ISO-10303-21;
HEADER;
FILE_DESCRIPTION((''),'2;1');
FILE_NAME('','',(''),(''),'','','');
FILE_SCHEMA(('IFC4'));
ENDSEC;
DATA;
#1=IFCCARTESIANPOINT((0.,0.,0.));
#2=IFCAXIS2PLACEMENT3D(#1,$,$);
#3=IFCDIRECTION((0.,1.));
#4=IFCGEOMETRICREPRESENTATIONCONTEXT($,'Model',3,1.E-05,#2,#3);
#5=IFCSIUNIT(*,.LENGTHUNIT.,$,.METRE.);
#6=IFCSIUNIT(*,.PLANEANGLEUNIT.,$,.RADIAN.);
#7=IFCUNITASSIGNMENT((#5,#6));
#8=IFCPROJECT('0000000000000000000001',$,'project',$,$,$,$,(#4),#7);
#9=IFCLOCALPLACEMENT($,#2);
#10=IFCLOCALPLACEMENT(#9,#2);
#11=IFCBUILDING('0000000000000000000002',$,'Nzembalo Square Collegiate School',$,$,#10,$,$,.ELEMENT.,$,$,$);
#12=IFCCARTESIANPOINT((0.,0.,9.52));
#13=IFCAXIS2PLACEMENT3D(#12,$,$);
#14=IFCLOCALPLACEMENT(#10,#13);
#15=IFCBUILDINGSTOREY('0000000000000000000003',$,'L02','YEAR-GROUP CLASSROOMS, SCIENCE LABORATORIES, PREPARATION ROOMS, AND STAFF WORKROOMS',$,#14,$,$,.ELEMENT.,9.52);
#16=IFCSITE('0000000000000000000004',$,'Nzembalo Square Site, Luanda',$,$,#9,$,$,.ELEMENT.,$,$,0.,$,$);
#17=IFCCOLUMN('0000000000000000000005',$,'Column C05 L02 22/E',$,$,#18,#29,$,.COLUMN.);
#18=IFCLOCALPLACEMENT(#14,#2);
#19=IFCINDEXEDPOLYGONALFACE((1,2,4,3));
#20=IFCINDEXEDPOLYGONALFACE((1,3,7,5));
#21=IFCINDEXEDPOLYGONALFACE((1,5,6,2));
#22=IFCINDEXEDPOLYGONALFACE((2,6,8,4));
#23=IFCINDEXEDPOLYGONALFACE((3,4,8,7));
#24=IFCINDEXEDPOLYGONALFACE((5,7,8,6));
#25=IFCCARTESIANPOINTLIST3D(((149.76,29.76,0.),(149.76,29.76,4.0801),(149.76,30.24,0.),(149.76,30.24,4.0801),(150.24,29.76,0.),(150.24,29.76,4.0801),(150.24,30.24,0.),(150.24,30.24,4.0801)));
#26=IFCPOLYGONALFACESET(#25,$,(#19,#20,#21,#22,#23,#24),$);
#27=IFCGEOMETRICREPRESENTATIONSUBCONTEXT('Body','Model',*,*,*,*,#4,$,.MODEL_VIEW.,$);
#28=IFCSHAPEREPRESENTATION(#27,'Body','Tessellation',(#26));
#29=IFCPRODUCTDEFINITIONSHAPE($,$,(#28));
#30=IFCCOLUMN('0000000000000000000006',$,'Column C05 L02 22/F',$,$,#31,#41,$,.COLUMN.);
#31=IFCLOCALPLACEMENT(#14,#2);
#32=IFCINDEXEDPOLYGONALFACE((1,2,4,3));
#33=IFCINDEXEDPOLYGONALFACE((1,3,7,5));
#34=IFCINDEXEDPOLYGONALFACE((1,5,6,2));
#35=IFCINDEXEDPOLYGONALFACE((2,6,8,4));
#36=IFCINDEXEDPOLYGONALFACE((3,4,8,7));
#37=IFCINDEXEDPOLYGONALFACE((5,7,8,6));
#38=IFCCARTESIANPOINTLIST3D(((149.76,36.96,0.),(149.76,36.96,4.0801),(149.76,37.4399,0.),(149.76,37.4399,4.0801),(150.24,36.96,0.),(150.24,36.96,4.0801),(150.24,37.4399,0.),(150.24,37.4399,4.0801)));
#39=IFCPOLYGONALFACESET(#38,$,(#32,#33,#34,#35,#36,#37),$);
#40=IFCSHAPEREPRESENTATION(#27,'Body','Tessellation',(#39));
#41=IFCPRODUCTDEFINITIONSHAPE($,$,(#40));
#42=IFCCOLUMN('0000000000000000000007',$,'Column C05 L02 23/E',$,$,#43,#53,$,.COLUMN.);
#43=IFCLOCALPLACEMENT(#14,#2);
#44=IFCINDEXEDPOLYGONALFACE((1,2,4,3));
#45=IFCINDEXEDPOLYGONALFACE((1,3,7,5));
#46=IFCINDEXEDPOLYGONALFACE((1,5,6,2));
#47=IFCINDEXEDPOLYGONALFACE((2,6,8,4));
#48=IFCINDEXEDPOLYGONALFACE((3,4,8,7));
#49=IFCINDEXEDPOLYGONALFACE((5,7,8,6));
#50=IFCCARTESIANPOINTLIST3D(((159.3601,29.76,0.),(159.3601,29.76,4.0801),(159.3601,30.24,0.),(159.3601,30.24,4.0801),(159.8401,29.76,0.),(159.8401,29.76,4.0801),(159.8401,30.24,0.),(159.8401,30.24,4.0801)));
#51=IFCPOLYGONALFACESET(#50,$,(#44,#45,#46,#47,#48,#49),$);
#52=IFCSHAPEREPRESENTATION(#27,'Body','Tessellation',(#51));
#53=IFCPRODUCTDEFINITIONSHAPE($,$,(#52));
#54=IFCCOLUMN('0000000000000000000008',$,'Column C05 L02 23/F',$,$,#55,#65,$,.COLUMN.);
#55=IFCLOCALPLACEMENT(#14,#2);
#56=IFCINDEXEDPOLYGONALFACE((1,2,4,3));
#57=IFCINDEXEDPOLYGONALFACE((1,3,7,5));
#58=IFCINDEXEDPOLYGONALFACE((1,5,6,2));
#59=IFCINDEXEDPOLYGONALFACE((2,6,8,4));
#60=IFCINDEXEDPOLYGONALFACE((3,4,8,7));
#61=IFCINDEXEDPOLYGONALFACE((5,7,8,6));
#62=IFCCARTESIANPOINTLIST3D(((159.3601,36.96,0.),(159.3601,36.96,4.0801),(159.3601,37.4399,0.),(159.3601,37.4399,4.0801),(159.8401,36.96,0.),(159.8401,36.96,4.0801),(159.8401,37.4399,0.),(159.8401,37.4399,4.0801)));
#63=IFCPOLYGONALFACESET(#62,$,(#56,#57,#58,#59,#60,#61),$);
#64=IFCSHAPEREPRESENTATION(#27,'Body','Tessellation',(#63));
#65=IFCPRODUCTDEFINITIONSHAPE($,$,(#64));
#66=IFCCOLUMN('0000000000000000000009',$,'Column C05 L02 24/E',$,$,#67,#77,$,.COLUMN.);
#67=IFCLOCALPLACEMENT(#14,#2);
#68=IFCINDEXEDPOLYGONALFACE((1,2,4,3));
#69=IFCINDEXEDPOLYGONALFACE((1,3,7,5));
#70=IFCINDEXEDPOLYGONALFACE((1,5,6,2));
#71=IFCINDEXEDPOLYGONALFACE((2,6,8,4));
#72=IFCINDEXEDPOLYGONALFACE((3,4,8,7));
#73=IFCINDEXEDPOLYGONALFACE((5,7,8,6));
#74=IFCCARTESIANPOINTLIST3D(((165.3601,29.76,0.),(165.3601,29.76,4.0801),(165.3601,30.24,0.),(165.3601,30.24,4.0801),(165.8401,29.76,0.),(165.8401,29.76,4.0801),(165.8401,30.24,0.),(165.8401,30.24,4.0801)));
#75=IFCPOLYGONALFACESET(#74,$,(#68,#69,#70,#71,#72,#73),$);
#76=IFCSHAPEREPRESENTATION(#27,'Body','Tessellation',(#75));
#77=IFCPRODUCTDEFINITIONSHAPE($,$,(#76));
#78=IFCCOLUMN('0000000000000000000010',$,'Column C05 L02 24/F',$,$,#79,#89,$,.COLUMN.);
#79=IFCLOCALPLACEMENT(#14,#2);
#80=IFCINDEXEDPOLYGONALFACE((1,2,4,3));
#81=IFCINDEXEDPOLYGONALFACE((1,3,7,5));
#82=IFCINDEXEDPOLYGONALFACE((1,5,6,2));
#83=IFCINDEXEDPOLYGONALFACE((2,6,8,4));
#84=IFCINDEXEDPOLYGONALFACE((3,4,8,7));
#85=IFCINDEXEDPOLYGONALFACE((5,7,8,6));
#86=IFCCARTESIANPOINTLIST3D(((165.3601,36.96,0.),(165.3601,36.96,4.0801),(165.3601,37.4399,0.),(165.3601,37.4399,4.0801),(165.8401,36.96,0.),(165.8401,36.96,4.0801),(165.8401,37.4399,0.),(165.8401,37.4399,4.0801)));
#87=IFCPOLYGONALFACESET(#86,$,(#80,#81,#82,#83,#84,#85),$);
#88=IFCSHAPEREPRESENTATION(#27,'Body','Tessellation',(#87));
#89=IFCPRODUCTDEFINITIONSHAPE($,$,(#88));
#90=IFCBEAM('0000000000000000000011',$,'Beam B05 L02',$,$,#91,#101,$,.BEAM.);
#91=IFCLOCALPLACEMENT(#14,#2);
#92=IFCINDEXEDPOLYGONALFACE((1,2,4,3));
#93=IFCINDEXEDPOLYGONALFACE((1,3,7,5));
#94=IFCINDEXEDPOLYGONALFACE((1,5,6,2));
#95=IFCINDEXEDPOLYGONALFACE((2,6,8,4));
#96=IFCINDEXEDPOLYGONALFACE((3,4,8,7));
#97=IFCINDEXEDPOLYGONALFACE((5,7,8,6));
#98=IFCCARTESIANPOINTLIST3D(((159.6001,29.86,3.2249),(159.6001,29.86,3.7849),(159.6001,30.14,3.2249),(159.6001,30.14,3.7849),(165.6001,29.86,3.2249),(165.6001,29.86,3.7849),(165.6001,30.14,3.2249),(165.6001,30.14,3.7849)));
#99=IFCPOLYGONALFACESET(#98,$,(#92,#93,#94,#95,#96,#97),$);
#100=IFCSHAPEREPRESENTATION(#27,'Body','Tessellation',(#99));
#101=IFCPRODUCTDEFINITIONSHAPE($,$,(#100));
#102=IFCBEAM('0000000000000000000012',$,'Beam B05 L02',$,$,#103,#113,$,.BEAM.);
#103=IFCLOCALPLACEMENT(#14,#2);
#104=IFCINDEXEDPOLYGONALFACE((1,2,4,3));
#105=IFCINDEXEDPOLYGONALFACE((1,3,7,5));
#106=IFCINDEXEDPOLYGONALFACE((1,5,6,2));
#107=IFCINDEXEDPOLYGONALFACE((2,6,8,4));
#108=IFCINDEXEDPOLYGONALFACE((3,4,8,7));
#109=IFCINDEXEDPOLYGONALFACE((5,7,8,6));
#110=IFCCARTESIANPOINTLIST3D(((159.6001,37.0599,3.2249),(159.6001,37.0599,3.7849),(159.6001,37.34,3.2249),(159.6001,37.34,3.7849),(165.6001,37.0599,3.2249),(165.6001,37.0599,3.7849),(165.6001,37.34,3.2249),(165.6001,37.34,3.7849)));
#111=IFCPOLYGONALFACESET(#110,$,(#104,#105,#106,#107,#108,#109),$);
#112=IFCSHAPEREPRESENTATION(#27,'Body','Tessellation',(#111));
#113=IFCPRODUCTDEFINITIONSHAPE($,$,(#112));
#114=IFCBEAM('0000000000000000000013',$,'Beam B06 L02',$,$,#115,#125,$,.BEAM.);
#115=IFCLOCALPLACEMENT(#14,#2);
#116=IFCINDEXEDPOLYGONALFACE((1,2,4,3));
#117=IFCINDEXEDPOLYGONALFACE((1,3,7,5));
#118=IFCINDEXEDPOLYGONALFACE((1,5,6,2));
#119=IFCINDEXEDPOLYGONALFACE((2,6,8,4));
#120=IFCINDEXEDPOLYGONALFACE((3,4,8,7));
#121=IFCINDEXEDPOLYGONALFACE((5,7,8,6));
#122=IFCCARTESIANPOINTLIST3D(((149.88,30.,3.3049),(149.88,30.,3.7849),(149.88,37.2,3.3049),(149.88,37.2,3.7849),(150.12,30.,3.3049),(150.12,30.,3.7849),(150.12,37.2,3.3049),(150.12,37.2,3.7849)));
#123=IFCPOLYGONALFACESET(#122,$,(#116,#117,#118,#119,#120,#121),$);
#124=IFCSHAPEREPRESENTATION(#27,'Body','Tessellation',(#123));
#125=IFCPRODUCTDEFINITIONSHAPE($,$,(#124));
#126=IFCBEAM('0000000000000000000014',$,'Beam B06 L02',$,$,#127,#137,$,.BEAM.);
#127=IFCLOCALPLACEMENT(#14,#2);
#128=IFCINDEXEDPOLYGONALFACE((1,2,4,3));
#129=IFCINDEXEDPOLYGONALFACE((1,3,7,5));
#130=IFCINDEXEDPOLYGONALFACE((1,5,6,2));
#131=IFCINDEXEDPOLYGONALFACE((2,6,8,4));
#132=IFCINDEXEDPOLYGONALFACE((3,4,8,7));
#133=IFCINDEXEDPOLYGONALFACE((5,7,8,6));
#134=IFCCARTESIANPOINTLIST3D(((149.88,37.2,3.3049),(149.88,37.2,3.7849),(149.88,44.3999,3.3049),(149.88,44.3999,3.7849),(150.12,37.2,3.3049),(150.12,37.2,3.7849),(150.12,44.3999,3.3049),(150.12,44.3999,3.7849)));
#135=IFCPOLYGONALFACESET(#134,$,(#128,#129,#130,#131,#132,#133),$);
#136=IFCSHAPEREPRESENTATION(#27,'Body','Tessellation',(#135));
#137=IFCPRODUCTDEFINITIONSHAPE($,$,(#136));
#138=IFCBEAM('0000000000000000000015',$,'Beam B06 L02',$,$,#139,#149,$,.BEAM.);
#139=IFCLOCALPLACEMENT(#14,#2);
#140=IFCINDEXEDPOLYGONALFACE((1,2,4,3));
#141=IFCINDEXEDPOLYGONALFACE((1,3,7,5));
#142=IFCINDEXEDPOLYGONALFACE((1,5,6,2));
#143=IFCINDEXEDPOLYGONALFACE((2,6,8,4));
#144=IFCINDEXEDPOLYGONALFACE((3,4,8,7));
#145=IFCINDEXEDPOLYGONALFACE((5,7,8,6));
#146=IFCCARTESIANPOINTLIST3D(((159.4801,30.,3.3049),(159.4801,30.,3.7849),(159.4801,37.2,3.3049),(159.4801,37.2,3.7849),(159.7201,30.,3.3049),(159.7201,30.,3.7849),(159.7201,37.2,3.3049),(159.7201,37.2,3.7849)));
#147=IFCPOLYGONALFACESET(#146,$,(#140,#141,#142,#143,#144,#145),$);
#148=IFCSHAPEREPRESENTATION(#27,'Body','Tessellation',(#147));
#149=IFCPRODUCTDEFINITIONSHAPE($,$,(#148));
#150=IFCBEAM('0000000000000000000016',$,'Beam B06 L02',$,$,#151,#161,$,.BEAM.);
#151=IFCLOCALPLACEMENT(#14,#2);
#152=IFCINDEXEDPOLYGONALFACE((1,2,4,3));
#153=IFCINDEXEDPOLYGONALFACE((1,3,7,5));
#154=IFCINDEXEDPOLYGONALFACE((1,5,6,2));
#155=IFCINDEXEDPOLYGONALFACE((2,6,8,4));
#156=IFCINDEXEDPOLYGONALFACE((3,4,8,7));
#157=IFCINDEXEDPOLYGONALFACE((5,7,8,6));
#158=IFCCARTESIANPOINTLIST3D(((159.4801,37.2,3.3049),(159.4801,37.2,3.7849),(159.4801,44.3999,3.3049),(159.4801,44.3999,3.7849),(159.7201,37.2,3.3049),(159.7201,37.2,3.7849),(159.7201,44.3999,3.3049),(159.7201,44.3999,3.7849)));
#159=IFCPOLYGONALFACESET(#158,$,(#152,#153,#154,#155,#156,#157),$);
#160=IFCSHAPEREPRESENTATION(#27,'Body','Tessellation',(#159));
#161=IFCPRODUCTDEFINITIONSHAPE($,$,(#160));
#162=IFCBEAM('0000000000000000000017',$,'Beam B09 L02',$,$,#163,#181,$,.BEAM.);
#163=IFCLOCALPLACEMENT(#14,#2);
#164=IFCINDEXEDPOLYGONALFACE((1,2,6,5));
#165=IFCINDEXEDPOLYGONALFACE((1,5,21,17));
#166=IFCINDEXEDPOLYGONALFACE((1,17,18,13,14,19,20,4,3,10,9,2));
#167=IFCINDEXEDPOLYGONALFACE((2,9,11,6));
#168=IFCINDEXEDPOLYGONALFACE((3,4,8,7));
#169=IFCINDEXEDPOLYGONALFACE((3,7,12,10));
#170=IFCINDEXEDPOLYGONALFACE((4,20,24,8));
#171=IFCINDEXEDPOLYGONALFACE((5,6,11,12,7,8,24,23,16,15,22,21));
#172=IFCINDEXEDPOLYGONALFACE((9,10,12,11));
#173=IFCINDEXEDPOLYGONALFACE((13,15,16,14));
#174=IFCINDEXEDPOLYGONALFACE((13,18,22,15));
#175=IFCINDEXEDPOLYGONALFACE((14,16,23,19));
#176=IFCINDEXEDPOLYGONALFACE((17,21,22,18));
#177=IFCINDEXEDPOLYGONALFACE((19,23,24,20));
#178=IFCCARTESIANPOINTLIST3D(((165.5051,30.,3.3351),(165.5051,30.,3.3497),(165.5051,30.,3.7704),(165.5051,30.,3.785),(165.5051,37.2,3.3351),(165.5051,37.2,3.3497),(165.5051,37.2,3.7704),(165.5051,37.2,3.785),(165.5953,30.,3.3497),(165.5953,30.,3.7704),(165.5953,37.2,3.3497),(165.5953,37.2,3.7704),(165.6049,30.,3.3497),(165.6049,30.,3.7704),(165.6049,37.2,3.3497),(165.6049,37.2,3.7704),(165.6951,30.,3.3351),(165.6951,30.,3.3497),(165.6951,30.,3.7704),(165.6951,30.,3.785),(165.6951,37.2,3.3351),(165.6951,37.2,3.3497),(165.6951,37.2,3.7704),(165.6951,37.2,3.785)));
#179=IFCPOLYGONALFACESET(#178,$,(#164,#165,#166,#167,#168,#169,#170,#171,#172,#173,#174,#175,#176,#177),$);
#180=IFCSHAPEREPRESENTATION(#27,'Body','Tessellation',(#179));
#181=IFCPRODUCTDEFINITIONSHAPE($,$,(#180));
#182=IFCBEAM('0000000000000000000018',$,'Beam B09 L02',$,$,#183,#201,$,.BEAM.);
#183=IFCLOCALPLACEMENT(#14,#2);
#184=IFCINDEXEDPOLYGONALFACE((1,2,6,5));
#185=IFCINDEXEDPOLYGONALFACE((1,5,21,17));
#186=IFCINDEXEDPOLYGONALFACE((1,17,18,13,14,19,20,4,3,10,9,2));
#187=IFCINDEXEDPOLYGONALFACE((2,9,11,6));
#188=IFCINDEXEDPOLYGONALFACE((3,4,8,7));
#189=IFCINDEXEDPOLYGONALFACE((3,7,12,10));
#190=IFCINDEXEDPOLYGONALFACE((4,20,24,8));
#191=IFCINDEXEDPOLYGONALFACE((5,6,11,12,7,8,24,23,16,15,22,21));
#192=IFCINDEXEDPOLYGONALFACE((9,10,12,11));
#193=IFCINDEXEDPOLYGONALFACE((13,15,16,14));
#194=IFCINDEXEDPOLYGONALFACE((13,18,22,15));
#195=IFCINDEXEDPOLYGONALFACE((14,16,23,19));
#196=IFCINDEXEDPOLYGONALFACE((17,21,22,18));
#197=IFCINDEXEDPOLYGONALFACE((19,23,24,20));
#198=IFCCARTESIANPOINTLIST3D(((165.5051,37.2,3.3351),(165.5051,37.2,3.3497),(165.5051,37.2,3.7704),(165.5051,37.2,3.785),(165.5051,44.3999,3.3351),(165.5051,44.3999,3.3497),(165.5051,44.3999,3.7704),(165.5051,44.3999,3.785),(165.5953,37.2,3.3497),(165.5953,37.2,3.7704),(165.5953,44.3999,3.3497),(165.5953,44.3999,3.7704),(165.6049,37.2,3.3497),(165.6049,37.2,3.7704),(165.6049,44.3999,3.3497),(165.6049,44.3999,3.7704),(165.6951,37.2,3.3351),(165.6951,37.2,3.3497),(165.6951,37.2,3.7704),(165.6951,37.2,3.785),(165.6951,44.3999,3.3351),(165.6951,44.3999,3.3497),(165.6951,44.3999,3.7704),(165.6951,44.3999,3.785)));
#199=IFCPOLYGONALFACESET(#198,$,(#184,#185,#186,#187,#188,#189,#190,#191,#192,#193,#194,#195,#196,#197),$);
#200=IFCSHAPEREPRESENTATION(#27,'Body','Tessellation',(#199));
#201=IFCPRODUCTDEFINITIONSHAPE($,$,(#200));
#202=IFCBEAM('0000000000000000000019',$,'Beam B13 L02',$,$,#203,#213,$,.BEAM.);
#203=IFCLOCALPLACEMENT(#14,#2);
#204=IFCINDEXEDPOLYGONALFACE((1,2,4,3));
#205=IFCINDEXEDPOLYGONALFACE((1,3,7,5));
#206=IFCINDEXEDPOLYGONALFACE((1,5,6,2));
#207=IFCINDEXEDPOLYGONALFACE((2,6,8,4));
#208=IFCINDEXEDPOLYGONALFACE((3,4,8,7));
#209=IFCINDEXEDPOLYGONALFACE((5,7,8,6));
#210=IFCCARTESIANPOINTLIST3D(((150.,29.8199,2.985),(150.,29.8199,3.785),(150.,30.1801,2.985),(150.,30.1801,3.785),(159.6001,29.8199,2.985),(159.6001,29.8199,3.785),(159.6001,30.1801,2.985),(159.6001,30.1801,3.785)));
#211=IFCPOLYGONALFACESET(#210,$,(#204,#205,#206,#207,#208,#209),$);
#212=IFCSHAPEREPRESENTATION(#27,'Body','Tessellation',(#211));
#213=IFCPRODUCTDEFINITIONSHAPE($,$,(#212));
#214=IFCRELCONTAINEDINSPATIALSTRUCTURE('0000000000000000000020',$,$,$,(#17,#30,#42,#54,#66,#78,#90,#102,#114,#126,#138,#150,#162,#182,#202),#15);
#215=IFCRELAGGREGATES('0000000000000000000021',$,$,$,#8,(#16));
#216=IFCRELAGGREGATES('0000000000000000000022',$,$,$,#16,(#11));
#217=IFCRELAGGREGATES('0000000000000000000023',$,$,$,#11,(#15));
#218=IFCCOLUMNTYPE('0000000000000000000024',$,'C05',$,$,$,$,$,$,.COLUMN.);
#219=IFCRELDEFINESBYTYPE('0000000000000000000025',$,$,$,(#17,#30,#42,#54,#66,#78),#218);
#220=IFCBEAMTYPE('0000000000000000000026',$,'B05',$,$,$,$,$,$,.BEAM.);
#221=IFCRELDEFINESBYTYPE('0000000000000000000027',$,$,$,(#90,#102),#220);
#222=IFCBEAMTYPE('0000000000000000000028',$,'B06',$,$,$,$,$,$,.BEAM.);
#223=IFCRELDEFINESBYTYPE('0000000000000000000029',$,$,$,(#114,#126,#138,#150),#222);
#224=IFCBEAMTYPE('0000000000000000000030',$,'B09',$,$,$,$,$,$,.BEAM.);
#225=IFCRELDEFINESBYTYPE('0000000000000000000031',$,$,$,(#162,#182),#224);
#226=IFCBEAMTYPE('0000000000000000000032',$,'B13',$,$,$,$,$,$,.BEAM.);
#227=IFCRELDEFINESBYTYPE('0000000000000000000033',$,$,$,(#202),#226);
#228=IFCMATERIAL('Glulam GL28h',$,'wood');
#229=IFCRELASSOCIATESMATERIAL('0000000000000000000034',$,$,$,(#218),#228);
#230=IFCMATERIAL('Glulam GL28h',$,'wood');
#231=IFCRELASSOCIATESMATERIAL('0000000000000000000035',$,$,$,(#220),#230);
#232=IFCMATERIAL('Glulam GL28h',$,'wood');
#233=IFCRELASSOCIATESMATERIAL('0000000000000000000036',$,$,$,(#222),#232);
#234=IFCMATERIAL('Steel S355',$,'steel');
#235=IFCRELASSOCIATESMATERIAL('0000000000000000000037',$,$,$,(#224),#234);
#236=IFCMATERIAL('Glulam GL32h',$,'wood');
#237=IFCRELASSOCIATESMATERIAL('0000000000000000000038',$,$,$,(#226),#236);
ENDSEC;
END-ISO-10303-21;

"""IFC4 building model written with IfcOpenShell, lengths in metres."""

from ifc_helpers import new_model, si_unit, direction, frame, origin, origin_2d, place, context, subcontext, project, spatial, rectangle, i_section, extrude, material, material_profile, profile_set, type_object, element, save


model = new_model("IFC4")

# Units and contexts
model_context = context("Model", 3, precision=1e-05, world=origin(), true_north=direction((0.0, 1.0)))
body_context = subcontext(model_context, "Body", "Model", "MODEL_VIEW")
ifc_project = project(units=[si_unit("LENGTHUNIT", "METRE"), si_unit("PLANEANGLEUNIT", "RADIAN")], contexts=[model_context])

# Site, building, storey
site_placement = place(None, origin())
site = spatial("IfcSite", under=ifc_project, at=site_placement, Name="Nzembalo Square Site, Luanda", CompositionType="ELEMENT", RefElevation=0.0)
building_placement = place(site_placement, origin())
building = spatial("IfcBuilding", under=site, at=building_placement, Name="Nzembalo Square Collegiate School", CompositionType="ELEMENT")
storey_placement = place(building_placement, frame((0.0, 0.0, 9.52)))
storey = spatial("IfcBuildingStorey", under=building, at=storey_placement, Name="L02", Description="YEAR-GROUP CLASSROOMS, SCIENCE LABORATORIES, PREPARATION ROOMS, AND STAFF WORKROOMS", CompositionType="ELEMENT", Elevation=9.52)

# Columns
ifc_material_1 = material(Name="Glulam GL28h", Category="wood")
ifc_material_profile_1 = material_profile(ifc_material_1, rectangle(XDim=0.48, YDim=0.48, at=origin_2d()), Name="GL28h 480x480")
ifc_profile_set_1 = profile_set([ifc_material_profile_1], Name="Glulam GL28h")
column_type = type_object("IfcColumnType", Name="C05", PredefinedType="COLUMN", material=ifc_profile_set_1)
for number, where, z_axis, x_axis, name in (
    (1, (150.0, 30.0, 0.0), (0.0, 0.0, 1.0), (1.0, 0.0, 0.0), "Column C05 L02 22/E"),
    (2, (150.0, 37.2, 0.0), (0.0, 0.0, 1.0), (1.0, 0.0, 0.0), "Column C05 L02 22/F"),
    (3, (159.6001, 30.0, 0.0), (0.0, 0.0, 1.0), (1.0, 0.0, 0.0), "Column C05 L02 23/E"),
    (4, (159.6001, 37.2, 0.0), (0.0, 0.0, 1.0), (1.0, 0.0, 0.0), "Column C05 L02 23/F"),
    (5, (165.6001, 30.0, 0.0), (0.0, 0.0, 1.0), (1.0, 0.0, 0.0), "Column C05 L02 24/E"),
    (6, (165.6001, 37.2, 0.0), (0.0, 0.0, 1.0), (1.0, 0.0, 0.0), "Column C05 L02 24/F"),
):
    element("IfcColumn", number, at=place(storey_placement, frame(where, z_axis=z_axis, x_axis=x_axis)), inside=storey, type_object=column_type, Name=name, PredefinedType="COLUMN", context=body_context, shape_type="SweptSolid", body=[
        extrude(rectangle(XDim=0.48, YDim=0.48, at=origin_2d()), origin(), (0.0, 0.0, 1.0), 4.0801),
    ])

# Beams
ifc_material_2 = material(Name="Glulam GL28h", Category="wood")
ifc_material_profile_2 = material_profile(ifc_material_2, rectangle(XDim=0.28, YDim=0.5601, at=origin_2d()), Name="GL28h 280x560")
ifc_profile_set_2 = profile_set([ifc_material_profile_2], Name="Glulam GL28h")
beam_type_1 = type_object("IfcBeamType", Name="B05", PredefinedType="BEAM", material=ifc_profile_set_2)
for number, where, z_axis, x_axis, name in (
    (7, (159.6001, 30.0, 3.5049), (1.0, 0.0, 0.0), (0.0, 1.0, 0.0), "Beam B05 L02"),
    (8, (159.6001, 37.2, 3.5049), (1.0, 0.0, 0.0), (0.0, 1.0, 0.0), "Beam B05 L02"),
):
    element("IfcBeam", number, at=place(storey_placement, frame(where, z_axis=z_axis, x_axis=x_axis)), inside=storey, type_object=beam_type_1, Name=name, PredefinedType="BEAM", context=body_context, shape_type="SweptSolid", body=[
        extrude(rectangle(XDim=0.28, YDim=0.5601, at=origin_2d()), origin(), (0.0, 0.0, 1.0), 6.0),
    ])
ifc_material_3 = material(Name="Glulam GL28h", Category="wood")
ifc_material_profile_3 = material_profile(ifc_material_3, rectangle(XDim=0.24, YDim=0.48, at=origin_2d()), Name="GL28h 240x480")
ifc_profile_set_3 = profile_set([ifc_material_profile_3], Name="Glulam GL28h")
beam_type_2 = type_object("IfcBeamType", Name="B06", PredefinedType="BEAM", material=ifc_profile_set_3)
for number, where, z_axis, x_axis, name in (
    (9, (150.0, 30.0, 3.5449), (0.0, 1.0, 0.0), (-1.0, 0.0, 0.0), "Beam B06 L02"),
    (10, (150.0, 37.2, 3.5449), (0.0, 1.0, 0.0), (-1.0, 0.0, 0.0), "Beam B06 L02"),
    (11, (159.6001, 30.0, 3.5449), (0.0, 1.0, 0.0), (-1.0, 0.0, 0.0), "Beam B06 L02"),
    (12, (159.6001, 37.2, 3.5449), (0.0, 1.0, 0.0), (-1.0, 0.0, 0.0), "Beam B06 L02"),
):
    element("IfcBeam", number, at=place(storey_placement, frame(where, z_axis=z_axis, x_axis=x_axis)), inside=storey, type_object=beam_type_2, Name=name, PredefinedType="BEAM", context=body_context, shape_type="SweptSolid", body=[
        extrude(rectangle(XDim=0.24, YDim=0.48, at=origin_2d()), origin(), (0.0, 0.0, 1.0), 7.2),
    ])
ifc_material_4 = material(Name="Steel S355", Category="steel")
ifc_material_profile_4 = material_profile(ifc_material_4, i_section(OverallWidth=0.1899, OverallDepth=0.45, WebThickness=0.0095, FlangeThickness=0.0146, at=origin_2d()), Name="IPE 450")
ifc_profile_set_4 = profile_set([ifc_material_profile_4], Name="Steel S355")
beam_type_3 = type_object("IfcBeamType", Name="B09", PredefinedType="BEAM", material=ifc_profile_set_4)
for number, where, z_axis, x_axis, name in (
    (13, (165.6001, 30.0, 3.5601), (0.0, 1.0, 0.0), (-1.0, 0.0, 0.0), "Beam B09 L02"),
    (14, (165.6001, 37.2, 3.5601), (0.0, 1.0, 0.0), (-1.0, 0.0, 0.0), "Beam B09 L02"),
):
    element("IfcBeam", number, at=place(storey_placement, frame(where, z_axis=z_axis, x_axis=x_axis)), inside=storey, type_object=beam_type_3, Name=name, PredefinedType="BEAM", context=body_context, shape_type="SweptSolid", body=[
        extrude(i_section(OverallWidth=0.1899, OverallDepth=0.45, WebThickness=0.0095, FlangeThickness=0.0146, at=origin_2d()), origin(), (0.0, 0.0, 1.0), 7.2),
    ])
ifc_material_5 = material(Name="Glulam GL32h", Category="wood")
ifc_material_profile_5 = material_profile(ifc_material_5, rectangle(XDim=0.3601, YDim=0.8, at=origin_2d()), Name="GL32h 360x800")
ifc_profile_set_5 = profile_set([ifc_material_profile_5], Name="Glulam GL32h")
beam_type_4 = type_object("IfcBeamType", Name="B13", PredefinedType="BEAM", material=ifc_profile_set_5)
for number, where, z_axis, x_axis, name in (
    (15, (150.0, 30.0, 3.385), (1.0, 0.0, 0.0), (0.0, 1.0, 0.0), "Beam B13 L02"),
):
    element("IfcBeam", number, at=place(storey_placement, frame(where, z_axis=z_axis, x_axis=x_axis)), inside=storey, type_object=beam_type_4, Name=name, PredefinedType="BEAM", context=body_context, shape_type="SweptSolid", body=[
        extrude(rectangle(XDim=0.3601, YDim=0.8, at=origin_2d()), origin(), (0.0, 0.0, 1.0), 9.6001),
    ])

save(model, "model.ifc")
